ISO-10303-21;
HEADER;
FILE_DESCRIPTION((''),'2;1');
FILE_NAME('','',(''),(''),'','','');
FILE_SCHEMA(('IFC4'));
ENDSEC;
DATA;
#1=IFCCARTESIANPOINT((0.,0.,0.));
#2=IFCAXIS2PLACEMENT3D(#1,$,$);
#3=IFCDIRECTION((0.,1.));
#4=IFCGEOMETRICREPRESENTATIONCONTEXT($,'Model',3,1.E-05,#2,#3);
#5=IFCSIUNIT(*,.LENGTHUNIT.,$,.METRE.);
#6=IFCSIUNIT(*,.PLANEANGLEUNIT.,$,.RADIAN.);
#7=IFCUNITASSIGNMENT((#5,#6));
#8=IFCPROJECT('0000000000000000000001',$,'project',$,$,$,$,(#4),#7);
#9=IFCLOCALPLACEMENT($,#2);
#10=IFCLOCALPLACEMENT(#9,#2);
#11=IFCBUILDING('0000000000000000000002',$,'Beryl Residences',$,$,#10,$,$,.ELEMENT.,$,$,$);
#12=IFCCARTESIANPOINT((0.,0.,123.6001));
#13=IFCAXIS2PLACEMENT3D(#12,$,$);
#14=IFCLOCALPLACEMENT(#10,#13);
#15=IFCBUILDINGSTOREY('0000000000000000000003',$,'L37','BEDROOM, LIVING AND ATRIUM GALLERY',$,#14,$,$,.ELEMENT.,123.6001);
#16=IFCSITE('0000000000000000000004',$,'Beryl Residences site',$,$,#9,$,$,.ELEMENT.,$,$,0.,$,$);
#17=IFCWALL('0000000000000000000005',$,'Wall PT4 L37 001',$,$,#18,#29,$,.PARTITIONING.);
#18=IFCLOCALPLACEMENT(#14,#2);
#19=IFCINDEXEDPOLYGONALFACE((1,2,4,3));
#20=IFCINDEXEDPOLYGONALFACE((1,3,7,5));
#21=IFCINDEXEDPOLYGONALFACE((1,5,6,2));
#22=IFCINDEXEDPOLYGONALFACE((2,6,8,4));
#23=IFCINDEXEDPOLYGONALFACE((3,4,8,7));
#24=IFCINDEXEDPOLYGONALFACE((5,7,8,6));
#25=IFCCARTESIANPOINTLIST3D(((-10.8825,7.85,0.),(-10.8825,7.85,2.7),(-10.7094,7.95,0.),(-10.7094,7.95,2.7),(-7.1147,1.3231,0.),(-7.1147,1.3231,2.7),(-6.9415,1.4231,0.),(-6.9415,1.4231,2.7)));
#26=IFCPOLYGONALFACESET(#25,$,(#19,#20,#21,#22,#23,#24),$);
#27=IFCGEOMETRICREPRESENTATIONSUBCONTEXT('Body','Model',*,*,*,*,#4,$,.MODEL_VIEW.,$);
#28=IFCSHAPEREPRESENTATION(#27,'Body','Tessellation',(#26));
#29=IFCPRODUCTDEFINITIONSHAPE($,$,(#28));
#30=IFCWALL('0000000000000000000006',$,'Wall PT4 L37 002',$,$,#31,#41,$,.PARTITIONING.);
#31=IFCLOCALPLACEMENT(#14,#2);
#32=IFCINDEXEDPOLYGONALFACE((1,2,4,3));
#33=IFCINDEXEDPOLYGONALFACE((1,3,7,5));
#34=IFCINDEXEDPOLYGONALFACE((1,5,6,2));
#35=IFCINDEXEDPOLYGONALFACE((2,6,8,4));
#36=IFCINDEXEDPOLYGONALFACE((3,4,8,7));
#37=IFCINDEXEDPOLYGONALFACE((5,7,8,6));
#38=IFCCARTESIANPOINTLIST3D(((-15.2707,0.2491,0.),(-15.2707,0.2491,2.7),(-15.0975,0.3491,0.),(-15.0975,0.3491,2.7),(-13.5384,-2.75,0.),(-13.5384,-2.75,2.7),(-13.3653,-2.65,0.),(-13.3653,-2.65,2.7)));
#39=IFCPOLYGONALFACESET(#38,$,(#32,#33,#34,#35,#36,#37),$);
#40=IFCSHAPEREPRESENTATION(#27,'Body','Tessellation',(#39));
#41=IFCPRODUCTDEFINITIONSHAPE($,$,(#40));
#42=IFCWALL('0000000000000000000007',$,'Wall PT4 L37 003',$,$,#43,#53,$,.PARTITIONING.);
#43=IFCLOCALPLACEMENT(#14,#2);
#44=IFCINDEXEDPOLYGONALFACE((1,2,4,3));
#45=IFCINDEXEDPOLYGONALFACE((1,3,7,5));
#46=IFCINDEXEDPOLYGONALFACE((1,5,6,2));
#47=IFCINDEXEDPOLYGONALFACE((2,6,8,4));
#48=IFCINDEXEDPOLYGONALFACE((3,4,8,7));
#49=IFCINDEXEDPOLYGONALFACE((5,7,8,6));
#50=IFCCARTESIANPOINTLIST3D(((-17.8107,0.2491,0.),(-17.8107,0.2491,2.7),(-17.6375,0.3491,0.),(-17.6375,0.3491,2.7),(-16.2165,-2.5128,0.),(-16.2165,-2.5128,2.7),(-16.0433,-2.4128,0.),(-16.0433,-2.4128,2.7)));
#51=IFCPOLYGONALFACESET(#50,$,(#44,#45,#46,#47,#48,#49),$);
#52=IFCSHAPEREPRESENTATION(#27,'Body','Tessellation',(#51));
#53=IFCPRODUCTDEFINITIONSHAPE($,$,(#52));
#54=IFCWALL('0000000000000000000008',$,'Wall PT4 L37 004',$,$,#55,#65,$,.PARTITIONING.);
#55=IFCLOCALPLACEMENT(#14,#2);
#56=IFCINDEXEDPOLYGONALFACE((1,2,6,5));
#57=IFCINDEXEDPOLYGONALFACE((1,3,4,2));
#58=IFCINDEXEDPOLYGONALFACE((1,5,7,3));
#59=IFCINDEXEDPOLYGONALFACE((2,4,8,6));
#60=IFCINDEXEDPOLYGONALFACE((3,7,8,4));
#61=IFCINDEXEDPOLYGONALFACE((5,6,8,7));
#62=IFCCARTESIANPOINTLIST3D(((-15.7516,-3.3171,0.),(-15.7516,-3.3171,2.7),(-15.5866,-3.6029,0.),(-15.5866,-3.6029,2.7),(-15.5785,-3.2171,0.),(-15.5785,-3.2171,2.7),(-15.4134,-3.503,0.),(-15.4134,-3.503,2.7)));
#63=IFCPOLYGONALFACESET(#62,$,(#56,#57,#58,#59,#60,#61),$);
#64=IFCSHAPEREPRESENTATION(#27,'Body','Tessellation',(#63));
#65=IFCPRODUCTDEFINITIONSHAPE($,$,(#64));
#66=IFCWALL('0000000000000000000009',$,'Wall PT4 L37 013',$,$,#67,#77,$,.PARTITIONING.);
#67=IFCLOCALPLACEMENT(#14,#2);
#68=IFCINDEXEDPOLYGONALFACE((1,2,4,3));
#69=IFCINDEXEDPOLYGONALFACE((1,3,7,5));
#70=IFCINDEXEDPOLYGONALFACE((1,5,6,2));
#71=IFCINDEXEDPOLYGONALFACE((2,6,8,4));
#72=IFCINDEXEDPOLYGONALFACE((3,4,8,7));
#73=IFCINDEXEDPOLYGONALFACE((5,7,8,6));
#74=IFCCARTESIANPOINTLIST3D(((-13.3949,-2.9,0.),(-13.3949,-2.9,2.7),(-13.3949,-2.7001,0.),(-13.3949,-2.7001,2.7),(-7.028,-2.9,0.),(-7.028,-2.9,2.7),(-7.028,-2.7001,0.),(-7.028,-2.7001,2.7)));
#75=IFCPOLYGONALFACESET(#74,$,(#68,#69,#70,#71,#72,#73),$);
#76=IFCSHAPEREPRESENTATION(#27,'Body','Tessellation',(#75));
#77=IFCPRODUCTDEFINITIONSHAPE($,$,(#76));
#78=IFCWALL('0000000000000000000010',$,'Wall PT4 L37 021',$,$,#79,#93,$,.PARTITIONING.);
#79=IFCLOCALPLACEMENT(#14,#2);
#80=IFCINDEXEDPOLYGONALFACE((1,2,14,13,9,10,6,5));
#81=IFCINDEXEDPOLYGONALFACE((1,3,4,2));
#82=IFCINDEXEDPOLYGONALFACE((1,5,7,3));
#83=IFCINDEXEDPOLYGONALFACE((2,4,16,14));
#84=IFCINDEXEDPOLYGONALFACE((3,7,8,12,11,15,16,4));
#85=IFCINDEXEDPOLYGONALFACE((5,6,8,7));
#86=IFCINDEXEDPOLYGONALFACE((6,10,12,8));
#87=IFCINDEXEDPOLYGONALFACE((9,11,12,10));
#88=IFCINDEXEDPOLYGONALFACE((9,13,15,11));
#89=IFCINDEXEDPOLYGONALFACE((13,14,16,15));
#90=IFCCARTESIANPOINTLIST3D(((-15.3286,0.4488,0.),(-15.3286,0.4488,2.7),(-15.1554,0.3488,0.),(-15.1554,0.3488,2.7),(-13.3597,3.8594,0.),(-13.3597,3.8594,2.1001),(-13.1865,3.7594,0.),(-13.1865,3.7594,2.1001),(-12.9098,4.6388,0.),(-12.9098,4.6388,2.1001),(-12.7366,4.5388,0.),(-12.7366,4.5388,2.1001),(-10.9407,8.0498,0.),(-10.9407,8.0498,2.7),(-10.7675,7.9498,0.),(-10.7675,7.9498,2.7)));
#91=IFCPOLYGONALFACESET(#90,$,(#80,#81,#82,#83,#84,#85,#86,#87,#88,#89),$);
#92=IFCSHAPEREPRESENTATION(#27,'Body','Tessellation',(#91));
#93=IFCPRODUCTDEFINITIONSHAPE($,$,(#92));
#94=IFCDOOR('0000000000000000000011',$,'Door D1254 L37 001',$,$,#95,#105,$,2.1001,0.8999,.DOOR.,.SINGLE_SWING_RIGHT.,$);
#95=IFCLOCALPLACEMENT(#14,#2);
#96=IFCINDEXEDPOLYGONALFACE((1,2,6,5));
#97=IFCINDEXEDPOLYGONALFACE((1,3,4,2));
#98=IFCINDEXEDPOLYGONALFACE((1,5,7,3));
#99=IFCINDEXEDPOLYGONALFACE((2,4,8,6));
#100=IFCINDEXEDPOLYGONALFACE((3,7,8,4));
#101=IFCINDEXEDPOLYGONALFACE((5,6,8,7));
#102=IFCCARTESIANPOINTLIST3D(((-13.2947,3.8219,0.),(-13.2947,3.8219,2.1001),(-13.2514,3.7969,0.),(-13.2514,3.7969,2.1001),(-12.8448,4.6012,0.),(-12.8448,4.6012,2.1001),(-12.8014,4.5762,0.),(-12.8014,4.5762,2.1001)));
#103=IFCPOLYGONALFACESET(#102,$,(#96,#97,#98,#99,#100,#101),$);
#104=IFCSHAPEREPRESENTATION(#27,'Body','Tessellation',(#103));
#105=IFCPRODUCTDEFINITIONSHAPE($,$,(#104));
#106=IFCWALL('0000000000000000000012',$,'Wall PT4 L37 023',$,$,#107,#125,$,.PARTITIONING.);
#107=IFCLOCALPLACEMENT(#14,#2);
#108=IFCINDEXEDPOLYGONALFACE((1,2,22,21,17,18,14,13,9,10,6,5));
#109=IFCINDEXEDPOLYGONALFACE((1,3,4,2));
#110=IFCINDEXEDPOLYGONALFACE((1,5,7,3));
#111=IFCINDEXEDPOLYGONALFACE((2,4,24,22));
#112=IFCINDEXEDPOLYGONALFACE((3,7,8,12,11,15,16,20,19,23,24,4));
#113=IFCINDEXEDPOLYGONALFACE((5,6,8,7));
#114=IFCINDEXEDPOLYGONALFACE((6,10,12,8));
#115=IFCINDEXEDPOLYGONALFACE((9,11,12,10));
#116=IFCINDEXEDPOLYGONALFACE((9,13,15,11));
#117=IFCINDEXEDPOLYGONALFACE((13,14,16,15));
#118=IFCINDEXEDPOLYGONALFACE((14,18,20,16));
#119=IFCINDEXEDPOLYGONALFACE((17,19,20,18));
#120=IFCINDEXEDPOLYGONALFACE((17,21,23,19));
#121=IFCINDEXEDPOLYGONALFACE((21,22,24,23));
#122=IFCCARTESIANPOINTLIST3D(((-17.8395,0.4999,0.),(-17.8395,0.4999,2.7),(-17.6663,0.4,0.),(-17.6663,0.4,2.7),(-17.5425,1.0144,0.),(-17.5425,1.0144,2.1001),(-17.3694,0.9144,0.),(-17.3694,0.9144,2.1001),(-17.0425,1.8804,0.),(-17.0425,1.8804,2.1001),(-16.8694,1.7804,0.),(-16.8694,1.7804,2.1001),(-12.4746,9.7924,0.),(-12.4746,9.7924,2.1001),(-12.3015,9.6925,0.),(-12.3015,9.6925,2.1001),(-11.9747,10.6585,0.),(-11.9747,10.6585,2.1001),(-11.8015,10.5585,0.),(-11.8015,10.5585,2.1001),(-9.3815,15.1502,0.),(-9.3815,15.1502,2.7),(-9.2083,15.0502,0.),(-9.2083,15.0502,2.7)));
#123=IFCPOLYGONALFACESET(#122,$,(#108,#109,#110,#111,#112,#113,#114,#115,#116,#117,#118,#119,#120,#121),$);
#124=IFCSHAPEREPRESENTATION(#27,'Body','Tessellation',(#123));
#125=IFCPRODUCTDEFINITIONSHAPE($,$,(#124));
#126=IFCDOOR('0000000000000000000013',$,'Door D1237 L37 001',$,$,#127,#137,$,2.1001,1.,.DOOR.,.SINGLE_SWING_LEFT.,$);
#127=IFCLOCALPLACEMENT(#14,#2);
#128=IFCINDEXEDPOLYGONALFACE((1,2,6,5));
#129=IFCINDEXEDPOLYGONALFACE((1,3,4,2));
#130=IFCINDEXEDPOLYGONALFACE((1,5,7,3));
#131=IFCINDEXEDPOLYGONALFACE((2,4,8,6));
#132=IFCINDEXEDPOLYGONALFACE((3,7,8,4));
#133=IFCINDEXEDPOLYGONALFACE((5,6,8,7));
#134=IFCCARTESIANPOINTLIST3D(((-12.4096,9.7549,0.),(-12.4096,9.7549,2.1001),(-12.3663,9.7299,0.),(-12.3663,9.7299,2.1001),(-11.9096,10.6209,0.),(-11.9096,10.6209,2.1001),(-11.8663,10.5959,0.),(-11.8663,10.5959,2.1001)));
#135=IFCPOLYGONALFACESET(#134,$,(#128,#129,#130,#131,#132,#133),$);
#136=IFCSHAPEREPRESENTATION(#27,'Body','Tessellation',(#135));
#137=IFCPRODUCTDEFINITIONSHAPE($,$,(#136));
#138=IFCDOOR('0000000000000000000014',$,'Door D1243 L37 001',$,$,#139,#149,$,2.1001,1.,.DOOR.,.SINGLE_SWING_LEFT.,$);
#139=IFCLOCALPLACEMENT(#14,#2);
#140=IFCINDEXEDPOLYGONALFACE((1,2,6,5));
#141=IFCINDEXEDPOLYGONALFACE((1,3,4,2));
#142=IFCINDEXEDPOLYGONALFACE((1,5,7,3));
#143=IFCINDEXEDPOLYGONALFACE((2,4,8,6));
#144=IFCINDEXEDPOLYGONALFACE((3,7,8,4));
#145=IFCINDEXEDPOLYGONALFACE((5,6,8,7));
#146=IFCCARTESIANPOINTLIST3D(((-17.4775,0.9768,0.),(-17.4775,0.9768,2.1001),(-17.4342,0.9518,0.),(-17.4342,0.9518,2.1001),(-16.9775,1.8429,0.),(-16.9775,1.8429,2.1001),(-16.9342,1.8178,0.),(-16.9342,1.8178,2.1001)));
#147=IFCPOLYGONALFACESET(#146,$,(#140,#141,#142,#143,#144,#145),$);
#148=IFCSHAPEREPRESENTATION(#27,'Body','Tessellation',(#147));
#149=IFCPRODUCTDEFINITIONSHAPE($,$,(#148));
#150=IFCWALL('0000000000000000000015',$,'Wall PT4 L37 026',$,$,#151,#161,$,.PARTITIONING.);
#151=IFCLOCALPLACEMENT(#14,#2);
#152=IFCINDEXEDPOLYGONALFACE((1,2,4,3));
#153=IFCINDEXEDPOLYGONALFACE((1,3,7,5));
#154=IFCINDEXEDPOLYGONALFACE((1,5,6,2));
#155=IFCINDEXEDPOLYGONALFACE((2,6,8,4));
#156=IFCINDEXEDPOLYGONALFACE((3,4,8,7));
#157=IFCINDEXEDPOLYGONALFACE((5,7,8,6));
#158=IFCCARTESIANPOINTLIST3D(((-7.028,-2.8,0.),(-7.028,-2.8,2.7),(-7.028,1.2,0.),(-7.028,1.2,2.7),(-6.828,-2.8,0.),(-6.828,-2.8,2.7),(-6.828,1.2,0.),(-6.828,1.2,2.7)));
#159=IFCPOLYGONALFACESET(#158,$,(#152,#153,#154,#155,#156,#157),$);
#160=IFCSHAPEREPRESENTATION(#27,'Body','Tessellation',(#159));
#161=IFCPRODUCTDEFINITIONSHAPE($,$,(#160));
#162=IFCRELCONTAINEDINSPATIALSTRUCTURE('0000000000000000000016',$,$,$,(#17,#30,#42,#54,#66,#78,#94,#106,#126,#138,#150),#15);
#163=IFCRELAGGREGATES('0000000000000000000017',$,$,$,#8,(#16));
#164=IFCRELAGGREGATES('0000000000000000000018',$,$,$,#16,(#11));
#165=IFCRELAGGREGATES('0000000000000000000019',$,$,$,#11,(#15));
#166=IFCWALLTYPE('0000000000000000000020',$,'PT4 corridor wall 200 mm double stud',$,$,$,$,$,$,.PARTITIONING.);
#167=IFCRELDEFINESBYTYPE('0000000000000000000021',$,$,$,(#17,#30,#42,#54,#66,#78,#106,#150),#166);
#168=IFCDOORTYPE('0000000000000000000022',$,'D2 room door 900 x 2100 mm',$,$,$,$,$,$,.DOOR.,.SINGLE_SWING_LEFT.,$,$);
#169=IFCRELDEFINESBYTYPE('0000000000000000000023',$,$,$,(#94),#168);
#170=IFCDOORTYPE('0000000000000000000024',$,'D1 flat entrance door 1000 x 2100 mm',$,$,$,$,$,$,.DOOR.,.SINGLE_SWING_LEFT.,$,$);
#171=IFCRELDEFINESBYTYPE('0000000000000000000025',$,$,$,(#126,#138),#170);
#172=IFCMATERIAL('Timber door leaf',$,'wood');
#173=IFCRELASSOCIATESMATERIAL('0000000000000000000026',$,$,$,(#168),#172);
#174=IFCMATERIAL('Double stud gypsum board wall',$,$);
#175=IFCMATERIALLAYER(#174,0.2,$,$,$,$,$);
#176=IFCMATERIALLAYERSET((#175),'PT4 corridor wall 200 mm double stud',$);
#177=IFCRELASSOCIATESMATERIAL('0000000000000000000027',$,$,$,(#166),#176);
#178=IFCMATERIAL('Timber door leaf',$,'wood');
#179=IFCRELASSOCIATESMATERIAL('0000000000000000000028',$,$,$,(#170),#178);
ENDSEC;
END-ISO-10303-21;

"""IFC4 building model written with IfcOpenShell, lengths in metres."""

from ifc_helpers import new_model, si_unit, direction, frame, frame_2d, origin, place, context, subcontext, project, spatial, rectangle, extrude, material, layer, layer_set, type_object, element, fill, save


model = new_model("IFC4")

# Units and contexts
model_context = context("Model", 3, precision=1e-05, world=origin(), true_north=direction((0.0, 1.0)))
body_context = subcontext(model_context, "Body", "Model", "MODEL_VIEW")
ifc_project = project(units=[si_unit("LENGTHUNIT", "METRE"), si_unit("PLANEANGLEUNIT", "RADIAN")], contexts=[model_context])

# Site, building, storey
site_placement = place(None, origin())
site = spatial("IfcSite", under=ifc_project, at=site_placement, Name="Beryl Residences site", CompositionType="ELEMENT", RefElevation=0.0)
building_placement = place(site_placement, origin())
building = spatial("IfcBuilding", under=site, at=building_placement, Name="Beryl Residences", CompositionType="ELEMENT")
storey_placement = place(building_placement, frame((0.0, 0.0, 123.6001)))
storey = spatial("IfcBuildingStorey", under=building, at=storey_placement, Name="L37", Description="BEDROOM, LIVING AND ATRIUM GALLERY", CompositionType="ELEMENT", Elevation=123.6001)

# Shared definitions
ifc_material_1 = material(Name="Timber door leaf", Category="wood")
door_type_1 = type_object("IfcDoorType", Name="D2 room door 900 x 2100 mm", OperationType="SINGLE_SWING_LEFT", PredefinedType="DOOR", material=ifc_material_1)

# Walls
ifc_material_2 = material(Name="Double stud gypsum board wall")
ifc_layer_1 = layer(ifc_material_2, 0.2)
ifc_layer_set_1 = layer_set([ifc_layer_1], Name="PT4 corridor wall 200 mm double stud")
wall_type_1 = type_object("IfcWallType", Name="PT4 corridor wall 200 mm double stud", PredefinedType="PARTITIONING", material=ifc_layer_set_1)
wall_1_placement = place(storey_placement, frame((-10.7959, 7.8999, 0.0), z_axis=(0.0, 0.0, 1.0), x_axis=(0.499954, -0.866052, 0.0)))
element("IfcWall", 1, at=wall_1_placement, inside=storey, type_object=wall_type_1, Name="Wall PT4 L37 001", PredefinedType="PARTITIONING", context=body_context, shape_type="SweptSolid", body=[
    extrude(rectangle(XDim=7.5364, YDim=0.2, at=frame_2d((3.7681, 0.0))), origin(), (0.0, 0.0, 1.0), 2.7),
])
wall_2_placement = place(storey_placement, frame((-15.1841, 0.2991, 0.0), z_axis=(0.0, 0.0, 1.0), x_axis=(0.50015, -0.865939, 0.0)))
element("IfcWall", 2, at=wall_2_placement, inside=storey, type_object=wall_type_1, Name="Wall PT4 L37 002", PredefinedType="PARTITIONING", context=body_context, shape_type="SweptSolid", body=[
    extrude(rectangle(XDim=3.4634, YDim=0.2, at=frame_2d((1.7317, 0.0))), origin(), (0.0, 0.0, 1.0), 2.7),
])
wall_3_placement = place(storey_placement, frame((-17.7241, 0.2991, 0.0), z_axis=(0.0, 0.0, 1.0), x_axis=(0.49991, -0.866077, 0.0)))
element("IfcWall", 3, at=wall_3_placement, inside=storey, type_object=wall_type_1, Name="Wall PT4 L37 003", PredefinedType="PARTITIONING", context=body_context, shape_type="SweptSolid", body=[
    extrude(rectangle(XDim=3.189, YDim=0.2, at=frame_2d((1.5945, 0.0))), origin(), (0.0, 0.0, 1.0), 2.7),
])
wall_4_placement = place(storey_placement, frame((-15.665, -3.2671, 0.0), z_axis=(0.0, 0.0, 1.0), x_axis=(0.499957, -0.86605, 0.0)))
element("IfcWall", 4, at=wall_4_placement, inside=storey, type_object=wall_type_1, Name="Wall PT4 L37 004", PredefinedType="PARTITIONING", context=body_context, shape_type="SweptSolid", body=[
    extrude(rectangle(XDim=0.3301, YDim=0.2, at=frame_2d((0.165, 0.0))), origin(), (0.0, 0.0, 1.0), 2.7),
])
wall_5_placement = place(storey_placement, frame((-13.395, -2.8, 0.0), z_axis=(0.0, 0.0, 1.0), x_axis=(1.0, 0.0, 0.0)))
element("IfcWall", 5, at=wall_5_placement, inside=storey, type_object=wall_type_1, Name="Wall PT4 L37 013", PredefinedType="PARTITIONING", context=body_context, shape_type="SweptSolid", body=[
    extrude(rectangle(XDim=6.3669, YDim=0.2, at=frame_2d((3.1836, 0.0))), origin(), (0.0, 0.0, 1.0), 2.7),
])

# Wall, opening, door
wall_6_placement = place(storey_placement, frame((-15.2419, 0.3989, 0.0), z_axis=(0.0, 0.0, 1.0), x_axis=(0.499954, 0.866052, 0.0)))
wall_6 = element("IfcWall", 6, at=wall_6_placement, inside=storey, type_object=wall_type_1, Name="Wall PT4 L37 021", PredefinedType="PARTITIONING", context=body_context, shape_type="SweptSolid", body=[
    extrude(rectangle(XDim=8.7766, YDim=0.2, at=frame_2d((4.3882, 0.0))), origin(), (0.0, 0.0, 1.0), 2.7),
])
opening_1_placement = place(wall_6_placement, frame((3.938, 0.0, 0.0)))
opening_1 = element("IfcOpeningElement", 7, at=opening_1_placement, cuts=wall_6, PredefinedType="OPENING", context=body_context, shape_type="SweptSolid", body=[
    extrude(rectangle(XDim=0.8999, YDim=2.1001, at=frame_2d((0.45, 1.05))), frame((0.0, 0.1099, 0.0), z_axis=(0.0, -1.0, 0.0), x_axis=(1.0, 0.0, 0.0)), (0.0, 0.0, 1.0), 0.22),
])
door_1_placement = place(opening_1_placement, origin())
door_1 = element("IfcDoor", 8, at=door_1_placement, inside=storey, type_object=door_type_1, Name="Door D1254 L37 001", OperationType="SINGLE_SWING_RIGHT", OverallHeight=2.1001, OverallWidth=0.8999, PredefinedType="DOOR", context=body_context, shape_type="SweptSolid", body=[
    extrude(rectangle(XDim=0.8999, YDim=2.1001, at=frame_2d((0.45, 1.05))), frame((0.0, 0.0249, 0.0), z_axis=(0.0, -1.0, 0.0), x_axis=(1.0, 0.0, 0.0)), (0.0, 0.0, 1.0), 0.05),
])
fill(opening_1, door_1)

# Wall, openings, doors
wall_7_placement = place(storey_placement, frame((-17.7529, 0.45, 0.0), z_axis=(0.0, 0.0, 1.0), x_axis=(0.499989, 0.866032, 0.0)))
wall_7 = element("IfcWall", 9, at=wall_7_placement, inside=storey, type_object=wall_type_1, Name="Wall PT4 L37 023", PredefinedType="PARTITIONING", context=body_context, shape_type="SweptSolid", body=[
    extrude(rectangle(XDim=16.9165, YDim=0.2, at=frame_2d((8.4583, 0.0))), origin(), (0.0, 0.0, 1.0), 2.7),
])
opening_2_placement = place(wall_7_placement, frame((10.73, 0.0, 0.0)))
opening_2 = element("IfcOpeningElement", 10, at=opening_2_placement, cuts=wall_7, PredefinedType="OPENING", context=body_context, shape_type="SweptSolid", body=[
    extrude(rectangle(XDim=1.0, YDim=2.1001, at=frame_2d((0.5, 1.05))), frame((0.0, 0.1099, 0.0), z_axis=(0.0, -1.0, 0.0), x_axis=(1.0, 0.0, 0.0)), (0.0, 0.0, 1.0), 0.22),
])
opening_3_placement = place(wall_7_placement, frame((0.594, 0.0, 0.0)))
opening_3 = element("IfcOpeningElement", 11, at=opening_3_placement, cuts=wall_7, PredefinedType="OPENING", context=body_context, shape_type="SweptSolid", body=[
    extrude(rectangle(XDim=1.0, YDim=2.1001, at=frame_2d((0.5, 1.05))), frame((0.0, 0.1099, 0.0), z_axis=(0.0, -1.0, 0.0), x_axis=(1.0, 0.0, 0.0)), (0.0, 0.0, 1.0), 0.22),
])
ifc_material_3 = material(Name="Timber door leaf", Category="wood")
door_type_2 = type_object("IfcDoorType", Name="D1 flat entrance door 1000 x 2100 mm", OperationType="SINGLE_SWING_LEFT", PredefinedType="DOOR", material=ifc_material_3)
door_2_placement = place(opening_2_placement, origin())
door_2 = element("IfcDoor", 12, at=door_2_placement, inside=storey, type_object=door_type_2, Name="Door D1237 L37 001", OperationType="SINGLE_SWING_LEFT", OverallHeight=2.1001, OverallWidth=1.0, PredefinedType="DOOR", context=body_context, shape_type="SweptSolid", body=[
    extrude(rectangle(XDim=1.0, YDim=2.1001, at=frame_2d((0.5, 1.05))), frame((0.0, 0.0249, 0.0), z_axis=(0.0, -1.0, 0.0), x_axis=(1.0, 0.0, 0.0)), (0.0, 0.0, 1.0), 0.05),
])
fill(opening_2, door_2)
door_3_placement = place(opening_3_placement, origin())
door_3 = element("IfcDoor", 13, at=door_3_placement, inside=storey, type_object=door_type_2, Name="Door D1243 L37 001", OperationType="SINGLE_SWING_LEFT", OverallHeight=2.1001, OverallWidth=1.0, PredefinedType="DOOR", context=body_context, shape_type="SweptSolid", body=[
    extrude(rectangle(XDim=1.0, YDim=2.1001, at=frame_2d((0.5, 1.05))), frame((0.0, 0.0249, 0.0), z_axis=(0.0, -1.0, 0.0), x_axis=(1.0, 0.0, 0.0)), (0.0, 0.0, 1.0), 0.05),
])
fill(opening_3, door_3)

# Wall
wall_8_placement = place(storey_placement, frame((-6.928, -2.8, 0.0), z_axis=(0.0, 0.0, 1.0), x_axis=(0.0, 1.0, 0.0)))
element("IfcWall", 14, at=wall_8_placement, inside=storey, type_object=wall_type_1, Name="Wall PT4 L37 026", PredefinedType="PARTITIONING", context=body_context, shape_type="SweptSolid", body=[
    extrude(rectangle(XDim=4.0, YDim=0.2, at=frame_2d((2.0, 0.0))), origin(), (0.0, 0.0, 1.0), 2.7),
])

save(model, "model.ifc")
